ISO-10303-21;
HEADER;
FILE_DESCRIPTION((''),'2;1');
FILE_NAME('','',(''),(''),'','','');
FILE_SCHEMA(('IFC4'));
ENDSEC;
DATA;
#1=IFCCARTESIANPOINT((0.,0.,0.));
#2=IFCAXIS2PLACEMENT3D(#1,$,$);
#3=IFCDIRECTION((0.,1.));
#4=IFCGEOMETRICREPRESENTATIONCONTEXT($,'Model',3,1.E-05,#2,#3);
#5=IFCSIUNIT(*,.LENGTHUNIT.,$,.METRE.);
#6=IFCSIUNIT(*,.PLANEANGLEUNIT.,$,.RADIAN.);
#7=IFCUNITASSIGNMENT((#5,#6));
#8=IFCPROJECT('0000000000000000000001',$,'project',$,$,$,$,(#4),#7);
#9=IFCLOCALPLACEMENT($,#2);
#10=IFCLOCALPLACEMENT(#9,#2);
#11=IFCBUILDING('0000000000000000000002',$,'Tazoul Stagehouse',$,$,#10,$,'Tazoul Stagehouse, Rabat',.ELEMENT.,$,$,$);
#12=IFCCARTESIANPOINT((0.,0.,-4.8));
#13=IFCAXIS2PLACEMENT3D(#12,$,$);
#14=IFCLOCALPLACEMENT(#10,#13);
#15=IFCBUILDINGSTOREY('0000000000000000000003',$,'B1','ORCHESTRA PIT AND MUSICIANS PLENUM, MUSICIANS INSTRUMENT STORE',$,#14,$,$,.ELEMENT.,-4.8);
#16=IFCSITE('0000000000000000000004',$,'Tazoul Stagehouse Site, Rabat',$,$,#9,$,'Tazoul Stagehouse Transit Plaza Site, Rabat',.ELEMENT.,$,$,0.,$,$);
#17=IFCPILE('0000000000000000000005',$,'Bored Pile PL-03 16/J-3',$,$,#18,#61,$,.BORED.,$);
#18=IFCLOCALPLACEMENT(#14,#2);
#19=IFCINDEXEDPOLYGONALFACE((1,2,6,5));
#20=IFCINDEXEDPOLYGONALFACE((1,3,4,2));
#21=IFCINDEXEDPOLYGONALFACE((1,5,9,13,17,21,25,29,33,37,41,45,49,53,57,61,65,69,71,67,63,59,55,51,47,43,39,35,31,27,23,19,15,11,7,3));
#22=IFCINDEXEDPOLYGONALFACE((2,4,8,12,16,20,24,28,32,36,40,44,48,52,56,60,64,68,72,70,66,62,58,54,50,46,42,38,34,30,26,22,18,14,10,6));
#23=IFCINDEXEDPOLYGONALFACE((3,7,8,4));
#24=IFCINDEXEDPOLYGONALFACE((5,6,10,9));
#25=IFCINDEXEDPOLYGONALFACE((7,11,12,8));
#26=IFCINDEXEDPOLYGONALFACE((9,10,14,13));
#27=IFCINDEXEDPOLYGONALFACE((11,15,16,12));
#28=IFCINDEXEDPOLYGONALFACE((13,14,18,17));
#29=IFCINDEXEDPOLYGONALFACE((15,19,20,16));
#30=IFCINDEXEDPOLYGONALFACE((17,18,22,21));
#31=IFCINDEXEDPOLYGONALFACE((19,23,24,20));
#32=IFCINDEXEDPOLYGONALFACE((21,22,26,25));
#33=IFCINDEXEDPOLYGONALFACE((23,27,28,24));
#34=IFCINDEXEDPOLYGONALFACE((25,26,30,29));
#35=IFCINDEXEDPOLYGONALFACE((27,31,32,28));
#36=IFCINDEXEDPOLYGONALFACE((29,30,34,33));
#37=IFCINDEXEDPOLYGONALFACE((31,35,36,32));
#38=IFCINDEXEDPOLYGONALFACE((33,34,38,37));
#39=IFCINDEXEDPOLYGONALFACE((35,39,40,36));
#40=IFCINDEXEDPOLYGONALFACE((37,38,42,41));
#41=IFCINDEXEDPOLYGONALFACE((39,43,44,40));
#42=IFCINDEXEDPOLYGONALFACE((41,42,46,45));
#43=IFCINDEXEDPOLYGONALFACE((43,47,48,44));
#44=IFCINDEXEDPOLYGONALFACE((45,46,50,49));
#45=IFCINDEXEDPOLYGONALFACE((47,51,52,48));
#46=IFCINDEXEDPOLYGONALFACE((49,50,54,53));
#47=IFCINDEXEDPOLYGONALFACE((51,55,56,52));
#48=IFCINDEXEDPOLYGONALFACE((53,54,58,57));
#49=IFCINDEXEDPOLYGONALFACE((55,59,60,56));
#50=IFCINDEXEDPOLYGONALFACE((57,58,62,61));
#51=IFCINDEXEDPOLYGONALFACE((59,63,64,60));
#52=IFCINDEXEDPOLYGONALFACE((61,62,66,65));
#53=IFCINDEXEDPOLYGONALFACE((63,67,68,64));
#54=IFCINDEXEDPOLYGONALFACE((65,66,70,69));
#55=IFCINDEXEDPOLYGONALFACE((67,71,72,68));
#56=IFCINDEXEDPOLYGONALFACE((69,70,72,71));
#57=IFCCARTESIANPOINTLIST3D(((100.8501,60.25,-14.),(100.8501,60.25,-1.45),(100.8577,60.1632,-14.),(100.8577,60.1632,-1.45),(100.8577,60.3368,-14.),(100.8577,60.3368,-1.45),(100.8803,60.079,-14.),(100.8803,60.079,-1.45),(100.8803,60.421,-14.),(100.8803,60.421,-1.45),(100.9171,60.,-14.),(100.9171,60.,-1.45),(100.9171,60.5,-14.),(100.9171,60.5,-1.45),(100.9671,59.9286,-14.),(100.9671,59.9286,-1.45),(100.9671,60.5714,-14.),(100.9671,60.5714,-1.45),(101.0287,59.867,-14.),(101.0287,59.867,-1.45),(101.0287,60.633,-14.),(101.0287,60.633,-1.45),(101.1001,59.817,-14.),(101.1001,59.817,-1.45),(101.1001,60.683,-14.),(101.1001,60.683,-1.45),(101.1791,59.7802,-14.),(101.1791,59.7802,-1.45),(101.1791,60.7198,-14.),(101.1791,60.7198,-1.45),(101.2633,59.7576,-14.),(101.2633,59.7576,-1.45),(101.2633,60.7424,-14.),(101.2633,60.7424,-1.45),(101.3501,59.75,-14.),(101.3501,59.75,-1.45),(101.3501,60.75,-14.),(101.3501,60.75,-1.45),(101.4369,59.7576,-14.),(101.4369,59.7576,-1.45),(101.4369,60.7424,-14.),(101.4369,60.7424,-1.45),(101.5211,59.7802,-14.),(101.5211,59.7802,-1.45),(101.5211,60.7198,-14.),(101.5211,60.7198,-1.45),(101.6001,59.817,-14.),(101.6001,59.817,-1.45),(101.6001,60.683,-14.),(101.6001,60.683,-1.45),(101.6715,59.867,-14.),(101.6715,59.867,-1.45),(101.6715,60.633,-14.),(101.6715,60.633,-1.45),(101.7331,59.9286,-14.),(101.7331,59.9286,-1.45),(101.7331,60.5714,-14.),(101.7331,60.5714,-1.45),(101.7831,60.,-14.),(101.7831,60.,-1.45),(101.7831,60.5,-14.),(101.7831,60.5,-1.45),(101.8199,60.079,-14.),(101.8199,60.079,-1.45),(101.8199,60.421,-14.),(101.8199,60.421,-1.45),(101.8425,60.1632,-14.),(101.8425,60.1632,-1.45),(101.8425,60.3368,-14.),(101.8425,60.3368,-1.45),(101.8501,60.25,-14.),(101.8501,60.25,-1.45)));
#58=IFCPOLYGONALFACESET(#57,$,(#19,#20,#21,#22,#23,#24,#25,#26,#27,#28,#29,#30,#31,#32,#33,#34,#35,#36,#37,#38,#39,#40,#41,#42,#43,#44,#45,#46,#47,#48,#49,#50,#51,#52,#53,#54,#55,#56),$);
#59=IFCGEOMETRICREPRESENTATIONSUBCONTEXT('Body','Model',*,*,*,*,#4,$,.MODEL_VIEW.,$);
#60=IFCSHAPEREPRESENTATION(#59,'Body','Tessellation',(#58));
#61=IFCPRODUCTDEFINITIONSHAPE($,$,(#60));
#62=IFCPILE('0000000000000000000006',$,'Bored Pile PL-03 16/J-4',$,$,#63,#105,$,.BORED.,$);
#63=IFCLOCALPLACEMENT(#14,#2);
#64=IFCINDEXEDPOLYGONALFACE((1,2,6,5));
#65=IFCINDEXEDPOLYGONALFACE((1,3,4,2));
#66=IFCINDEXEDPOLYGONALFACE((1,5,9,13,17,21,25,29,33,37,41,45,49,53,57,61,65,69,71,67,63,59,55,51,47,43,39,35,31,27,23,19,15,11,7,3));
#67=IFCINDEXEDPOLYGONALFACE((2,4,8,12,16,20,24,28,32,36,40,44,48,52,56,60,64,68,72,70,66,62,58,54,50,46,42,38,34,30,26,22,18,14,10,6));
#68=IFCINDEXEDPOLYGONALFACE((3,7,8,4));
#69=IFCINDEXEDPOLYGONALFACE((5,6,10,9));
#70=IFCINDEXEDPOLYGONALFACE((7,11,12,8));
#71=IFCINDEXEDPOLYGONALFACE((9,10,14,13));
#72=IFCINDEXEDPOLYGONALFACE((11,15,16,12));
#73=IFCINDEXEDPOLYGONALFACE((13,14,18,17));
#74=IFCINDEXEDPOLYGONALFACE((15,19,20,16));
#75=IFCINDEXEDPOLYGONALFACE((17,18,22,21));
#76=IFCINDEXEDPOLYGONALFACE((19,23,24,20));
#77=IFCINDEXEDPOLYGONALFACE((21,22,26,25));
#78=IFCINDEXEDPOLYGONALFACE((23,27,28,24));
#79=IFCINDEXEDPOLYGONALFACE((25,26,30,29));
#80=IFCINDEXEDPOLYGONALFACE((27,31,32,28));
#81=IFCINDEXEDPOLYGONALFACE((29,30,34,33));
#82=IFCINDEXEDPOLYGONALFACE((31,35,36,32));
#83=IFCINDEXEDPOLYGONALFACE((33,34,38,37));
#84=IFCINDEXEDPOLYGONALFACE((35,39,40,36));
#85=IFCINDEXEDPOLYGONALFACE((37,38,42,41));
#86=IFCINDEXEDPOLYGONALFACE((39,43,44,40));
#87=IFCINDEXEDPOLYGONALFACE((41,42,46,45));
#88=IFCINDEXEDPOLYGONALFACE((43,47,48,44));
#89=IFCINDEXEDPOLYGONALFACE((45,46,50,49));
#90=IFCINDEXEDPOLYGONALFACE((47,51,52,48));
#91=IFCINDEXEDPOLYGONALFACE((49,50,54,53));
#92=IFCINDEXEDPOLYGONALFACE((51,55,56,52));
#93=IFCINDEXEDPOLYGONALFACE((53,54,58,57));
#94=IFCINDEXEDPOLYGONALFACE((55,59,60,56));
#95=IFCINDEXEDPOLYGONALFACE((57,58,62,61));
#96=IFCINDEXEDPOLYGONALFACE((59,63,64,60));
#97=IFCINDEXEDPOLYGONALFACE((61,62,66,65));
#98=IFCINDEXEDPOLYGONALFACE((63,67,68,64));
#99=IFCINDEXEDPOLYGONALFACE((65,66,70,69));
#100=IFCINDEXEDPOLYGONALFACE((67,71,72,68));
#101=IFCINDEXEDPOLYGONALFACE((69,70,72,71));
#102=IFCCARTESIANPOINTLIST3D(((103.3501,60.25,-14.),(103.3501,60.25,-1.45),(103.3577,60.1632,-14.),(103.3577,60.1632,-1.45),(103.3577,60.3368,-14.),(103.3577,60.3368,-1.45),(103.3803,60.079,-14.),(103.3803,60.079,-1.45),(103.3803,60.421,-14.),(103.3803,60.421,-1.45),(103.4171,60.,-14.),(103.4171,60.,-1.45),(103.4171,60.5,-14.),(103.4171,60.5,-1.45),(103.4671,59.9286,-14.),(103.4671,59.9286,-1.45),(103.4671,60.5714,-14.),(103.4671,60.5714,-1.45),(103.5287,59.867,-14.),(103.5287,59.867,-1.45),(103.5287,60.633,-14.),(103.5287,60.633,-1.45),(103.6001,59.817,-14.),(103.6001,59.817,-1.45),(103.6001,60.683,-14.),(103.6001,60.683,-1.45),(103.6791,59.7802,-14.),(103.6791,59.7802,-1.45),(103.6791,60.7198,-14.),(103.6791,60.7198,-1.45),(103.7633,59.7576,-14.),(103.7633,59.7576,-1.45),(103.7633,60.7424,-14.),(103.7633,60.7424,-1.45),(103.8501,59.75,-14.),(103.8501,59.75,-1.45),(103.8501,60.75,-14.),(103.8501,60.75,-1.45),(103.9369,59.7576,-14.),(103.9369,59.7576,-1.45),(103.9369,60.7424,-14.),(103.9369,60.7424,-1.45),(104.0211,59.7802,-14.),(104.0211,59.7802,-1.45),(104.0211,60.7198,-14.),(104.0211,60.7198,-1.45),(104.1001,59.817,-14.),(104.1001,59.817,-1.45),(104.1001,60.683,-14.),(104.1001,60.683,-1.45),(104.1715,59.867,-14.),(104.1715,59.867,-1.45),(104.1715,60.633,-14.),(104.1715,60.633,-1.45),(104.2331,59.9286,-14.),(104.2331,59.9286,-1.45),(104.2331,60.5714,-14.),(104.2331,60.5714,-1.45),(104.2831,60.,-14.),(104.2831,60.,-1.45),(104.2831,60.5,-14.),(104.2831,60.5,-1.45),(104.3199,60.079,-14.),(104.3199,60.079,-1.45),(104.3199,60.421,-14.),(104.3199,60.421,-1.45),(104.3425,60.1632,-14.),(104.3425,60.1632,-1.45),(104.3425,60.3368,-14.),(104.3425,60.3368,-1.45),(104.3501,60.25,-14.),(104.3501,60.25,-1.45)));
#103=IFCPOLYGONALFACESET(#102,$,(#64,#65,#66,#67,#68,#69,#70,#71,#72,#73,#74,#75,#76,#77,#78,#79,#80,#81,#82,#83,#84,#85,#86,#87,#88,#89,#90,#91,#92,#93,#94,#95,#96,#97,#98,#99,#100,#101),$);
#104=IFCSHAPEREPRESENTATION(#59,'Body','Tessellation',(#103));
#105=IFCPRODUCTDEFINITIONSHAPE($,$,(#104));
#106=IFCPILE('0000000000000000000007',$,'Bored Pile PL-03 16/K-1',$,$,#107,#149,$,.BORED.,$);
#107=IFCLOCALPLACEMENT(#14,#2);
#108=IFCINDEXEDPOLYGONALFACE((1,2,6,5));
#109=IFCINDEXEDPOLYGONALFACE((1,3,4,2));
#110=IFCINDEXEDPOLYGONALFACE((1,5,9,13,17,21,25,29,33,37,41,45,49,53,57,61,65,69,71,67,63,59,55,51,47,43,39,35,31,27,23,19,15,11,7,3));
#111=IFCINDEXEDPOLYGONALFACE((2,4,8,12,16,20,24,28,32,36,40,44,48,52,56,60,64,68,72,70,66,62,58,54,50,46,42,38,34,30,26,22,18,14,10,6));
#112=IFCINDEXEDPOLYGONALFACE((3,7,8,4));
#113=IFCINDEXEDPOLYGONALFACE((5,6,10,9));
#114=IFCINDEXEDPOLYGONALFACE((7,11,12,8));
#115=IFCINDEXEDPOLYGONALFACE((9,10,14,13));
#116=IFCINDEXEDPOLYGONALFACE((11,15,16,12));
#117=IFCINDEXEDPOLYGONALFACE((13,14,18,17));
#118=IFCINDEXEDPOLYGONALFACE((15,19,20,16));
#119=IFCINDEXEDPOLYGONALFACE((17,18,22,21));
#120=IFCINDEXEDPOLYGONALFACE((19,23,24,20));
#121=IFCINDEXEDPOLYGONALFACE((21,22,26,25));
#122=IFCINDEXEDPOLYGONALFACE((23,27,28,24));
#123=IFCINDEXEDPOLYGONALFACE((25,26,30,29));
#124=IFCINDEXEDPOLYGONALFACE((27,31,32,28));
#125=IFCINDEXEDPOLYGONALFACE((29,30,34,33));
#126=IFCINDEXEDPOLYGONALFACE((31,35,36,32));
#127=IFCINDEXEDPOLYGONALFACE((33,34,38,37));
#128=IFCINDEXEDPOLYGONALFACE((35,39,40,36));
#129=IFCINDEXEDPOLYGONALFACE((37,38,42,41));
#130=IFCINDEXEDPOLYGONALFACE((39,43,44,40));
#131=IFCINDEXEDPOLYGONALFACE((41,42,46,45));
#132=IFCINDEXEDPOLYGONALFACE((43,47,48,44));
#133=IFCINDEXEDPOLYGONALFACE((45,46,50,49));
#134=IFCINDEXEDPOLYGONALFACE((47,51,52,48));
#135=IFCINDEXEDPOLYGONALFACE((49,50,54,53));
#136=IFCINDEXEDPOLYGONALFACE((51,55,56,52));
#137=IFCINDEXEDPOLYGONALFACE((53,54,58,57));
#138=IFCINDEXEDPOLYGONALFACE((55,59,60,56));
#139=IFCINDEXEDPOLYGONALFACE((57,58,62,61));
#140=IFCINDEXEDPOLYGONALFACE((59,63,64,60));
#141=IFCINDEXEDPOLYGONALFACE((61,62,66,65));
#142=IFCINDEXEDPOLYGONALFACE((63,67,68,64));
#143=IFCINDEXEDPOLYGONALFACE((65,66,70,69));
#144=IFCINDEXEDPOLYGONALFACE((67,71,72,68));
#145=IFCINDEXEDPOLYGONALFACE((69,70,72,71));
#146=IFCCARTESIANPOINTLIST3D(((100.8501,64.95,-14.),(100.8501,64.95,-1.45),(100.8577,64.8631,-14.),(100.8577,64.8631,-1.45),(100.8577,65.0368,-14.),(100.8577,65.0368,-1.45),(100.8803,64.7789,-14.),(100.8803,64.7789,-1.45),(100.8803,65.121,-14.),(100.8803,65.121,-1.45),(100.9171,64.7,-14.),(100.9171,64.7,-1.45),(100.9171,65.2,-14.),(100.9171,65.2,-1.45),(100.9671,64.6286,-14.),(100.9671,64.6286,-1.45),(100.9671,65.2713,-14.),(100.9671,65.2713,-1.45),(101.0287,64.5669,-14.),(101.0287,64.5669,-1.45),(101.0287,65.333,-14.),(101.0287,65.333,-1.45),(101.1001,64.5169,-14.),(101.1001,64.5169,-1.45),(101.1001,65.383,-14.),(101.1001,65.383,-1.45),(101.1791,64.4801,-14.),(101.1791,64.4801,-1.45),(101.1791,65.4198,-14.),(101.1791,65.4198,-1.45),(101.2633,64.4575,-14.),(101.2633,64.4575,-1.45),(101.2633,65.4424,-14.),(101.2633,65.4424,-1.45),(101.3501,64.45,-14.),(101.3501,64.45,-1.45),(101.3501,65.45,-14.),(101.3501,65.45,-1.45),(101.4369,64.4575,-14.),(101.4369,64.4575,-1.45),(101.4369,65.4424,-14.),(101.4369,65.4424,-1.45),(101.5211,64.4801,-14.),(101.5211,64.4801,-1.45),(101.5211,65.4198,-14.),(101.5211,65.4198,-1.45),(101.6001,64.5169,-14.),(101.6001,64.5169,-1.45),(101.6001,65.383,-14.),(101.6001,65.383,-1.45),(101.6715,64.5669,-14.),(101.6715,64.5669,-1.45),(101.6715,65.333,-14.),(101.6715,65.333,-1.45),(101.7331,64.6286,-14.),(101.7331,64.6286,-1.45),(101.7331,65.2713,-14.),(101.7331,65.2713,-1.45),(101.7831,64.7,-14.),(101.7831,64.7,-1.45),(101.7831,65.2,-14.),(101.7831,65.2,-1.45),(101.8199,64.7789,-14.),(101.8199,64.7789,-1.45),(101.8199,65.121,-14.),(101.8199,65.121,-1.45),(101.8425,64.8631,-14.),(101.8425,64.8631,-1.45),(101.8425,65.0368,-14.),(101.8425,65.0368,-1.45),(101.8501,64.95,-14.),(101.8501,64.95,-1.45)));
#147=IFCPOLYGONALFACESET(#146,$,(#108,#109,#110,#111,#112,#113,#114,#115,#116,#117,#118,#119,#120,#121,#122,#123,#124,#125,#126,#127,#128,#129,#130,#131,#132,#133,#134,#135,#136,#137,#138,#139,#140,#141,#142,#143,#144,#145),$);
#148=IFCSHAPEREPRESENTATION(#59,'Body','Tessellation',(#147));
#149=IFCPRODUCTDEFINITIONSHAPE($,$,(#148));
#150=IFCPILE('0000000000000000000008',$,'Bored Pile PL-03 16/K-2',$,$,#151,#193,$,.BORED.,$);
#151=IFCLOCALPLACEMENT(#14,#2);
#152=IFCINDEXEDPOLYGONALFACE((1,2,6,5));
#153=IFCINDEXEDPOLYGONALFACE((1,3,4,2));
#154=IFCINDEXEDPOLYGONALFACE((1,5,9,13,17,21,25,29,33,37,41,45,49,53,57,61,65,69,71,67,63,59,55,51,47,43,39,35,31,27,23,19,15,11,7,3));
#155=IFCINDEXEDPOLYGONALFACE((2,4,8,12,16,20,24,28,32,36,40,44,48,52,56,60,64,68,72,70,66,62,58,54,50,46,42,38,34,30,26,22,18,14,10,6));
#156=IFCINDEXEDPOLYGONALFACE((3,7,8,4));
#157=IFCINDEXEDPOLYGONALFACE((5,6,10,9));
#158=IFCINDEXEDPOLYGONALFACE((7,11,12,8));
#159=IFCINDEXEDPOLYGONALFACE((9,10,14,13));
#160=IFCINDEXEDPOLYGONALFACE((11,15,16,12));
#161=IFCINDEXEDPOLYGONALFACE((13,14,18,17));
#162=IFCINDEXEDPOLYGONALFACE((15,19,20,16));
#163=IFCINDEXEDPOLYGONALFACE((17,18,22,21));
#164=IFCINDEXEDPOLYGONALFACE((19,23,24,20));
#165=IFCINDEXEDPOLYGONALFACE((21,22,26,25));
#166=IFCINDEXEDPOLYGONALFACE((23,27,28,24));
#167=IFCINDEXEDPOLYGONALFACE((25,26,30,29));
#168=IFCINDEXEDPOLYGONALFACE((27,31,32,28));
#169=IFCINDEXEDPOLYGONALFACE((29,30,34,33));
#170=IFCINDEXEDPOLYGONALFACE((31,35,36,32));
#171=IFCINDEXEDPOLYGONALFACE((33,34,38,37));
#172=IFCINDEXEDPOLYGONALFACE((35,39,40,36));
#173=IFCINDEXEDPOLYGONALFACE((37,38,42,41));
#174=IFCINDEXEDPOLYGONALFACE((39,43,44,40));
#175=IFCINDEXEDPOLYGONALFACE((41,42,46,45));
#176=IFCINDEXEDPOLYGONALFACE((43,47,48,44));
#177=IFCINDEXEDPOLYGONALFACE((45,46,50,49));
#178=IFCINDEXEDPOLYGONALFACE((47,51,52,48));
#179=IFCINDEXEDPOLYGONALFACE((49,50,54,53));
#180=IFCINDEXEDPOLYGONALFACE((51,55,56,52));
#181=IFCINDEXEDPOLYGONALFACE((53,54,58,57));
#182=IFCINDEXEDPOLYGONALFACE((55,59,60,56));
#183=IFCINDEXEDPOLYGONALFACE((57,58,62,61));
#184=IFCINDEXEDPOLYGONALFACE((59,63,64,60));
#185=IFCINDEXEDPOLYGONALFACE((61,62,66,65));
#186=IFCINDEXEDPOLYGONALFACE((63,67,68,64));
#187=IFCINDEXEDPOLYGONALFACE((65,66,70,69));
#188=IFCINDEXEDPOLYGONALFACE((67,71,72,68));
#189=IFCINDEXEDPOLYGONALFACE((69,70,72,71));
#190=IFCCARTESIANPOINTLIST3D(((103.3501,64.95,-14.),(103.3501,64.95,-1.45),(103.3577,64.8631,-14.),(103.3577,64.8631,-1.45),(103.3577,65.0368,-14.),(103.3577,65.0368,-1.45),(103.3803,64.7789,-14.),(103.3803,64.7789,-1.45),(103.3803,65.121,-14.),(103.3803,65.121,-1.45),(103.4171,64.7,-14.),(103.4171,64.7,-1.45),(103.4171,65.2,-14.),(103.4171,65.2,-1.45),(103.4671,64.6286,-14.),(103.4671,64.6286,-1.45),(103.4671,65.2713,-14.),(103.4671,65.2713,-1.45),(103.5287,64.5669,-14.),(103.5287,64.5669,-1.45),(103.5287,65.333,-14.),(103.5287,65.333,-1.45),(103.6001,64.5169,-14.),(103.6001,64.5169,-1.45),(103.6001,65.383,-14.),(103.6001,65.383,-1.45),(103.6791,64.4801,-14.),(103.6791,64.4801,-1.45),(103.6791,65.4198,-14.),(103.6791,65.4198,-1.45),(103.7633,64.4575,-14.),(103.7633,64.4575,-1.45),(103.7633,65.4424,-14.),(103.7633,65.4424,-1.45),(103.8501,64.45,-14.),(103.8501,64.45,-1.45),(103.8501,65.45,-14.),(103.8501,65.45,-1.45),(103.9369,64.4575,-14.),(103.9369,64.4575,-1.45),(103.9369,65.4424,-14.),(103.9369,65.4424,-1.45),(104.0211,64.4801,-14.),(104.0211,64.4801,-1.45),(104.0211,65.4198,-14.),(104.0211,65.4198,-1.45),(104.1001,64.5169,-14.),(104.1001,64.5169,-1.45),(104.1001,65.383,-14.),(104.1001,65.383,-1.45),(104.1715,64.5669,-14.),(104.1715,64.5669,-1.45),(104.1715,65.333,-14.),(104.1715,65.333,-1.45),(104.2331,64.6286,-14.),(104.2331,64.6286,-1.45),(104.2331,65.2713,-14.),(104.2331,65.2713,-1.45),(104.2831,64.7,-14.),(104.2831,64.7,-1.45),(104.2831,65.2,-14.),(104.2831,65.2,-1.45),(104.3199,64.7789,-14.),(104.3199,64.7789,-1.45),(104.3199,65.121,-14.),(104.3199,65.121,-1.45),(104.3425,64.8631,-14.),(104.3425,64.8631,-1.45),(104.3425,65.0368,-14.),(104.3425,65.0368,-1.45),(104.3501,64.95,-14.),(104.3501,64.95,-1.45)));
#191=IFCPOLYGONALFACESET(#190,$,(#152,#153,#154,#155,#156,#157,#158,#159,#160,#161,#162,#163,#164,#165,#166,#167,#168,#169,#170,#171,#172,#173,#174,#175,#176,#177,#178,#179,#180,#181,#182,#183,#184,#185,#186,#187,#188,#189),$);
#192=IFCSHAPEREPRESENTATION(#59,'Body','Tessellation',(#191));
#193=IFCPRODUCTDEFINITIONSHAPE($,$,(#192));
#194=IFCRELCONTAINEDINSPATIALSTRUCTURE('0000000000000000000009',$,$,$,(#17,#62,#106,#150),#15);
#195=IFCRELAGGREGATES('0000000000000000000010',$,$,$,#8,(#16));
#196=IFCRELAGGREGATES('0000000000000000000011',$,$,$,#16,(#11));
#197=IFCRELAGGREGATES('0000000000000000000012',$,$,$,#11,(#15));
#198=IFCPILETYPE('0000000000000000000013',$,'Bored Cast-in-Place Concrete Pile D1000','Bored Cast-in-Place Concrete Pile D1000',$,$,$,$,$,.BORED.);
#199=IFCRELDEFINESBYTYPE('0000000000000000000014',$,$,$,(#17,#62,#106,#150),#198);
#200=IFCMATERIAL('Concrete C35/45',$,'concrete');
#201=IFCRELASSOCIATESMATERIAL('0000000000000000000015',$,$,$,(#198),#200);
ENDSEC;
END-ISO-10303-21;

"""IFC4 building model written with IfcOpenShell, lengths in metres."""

from ifc_helpers import new_model, si_unit, direction, frame, origin, origin_2d, place, context, subcontext, project, spatial, circle, extrude, material, material_profile, profile_set, type_object, element, save


model = new_model("IFC4")

# Units and contexts
model_context = context("Model", 3, precision=1e-05, world=origin(), true_north=direction((0.0, 1.0)))
body_context = subcontext(model_context, "Body", "Model", "MODEL_VIEW")
ifc_project = project(units=[si_unit("LENGTHUNIT", "METRE"), si_unit("PLANEANGLEUNIT", "RADIAN")], contexts=[model_context])

# Site, building, storey
site_placement = place(None, origin())
site = spatial("IfcSite", under=ifc_project, at=site_placement, Name="Tazoul Stagehouse Site, Rabat", LongName="Tazoul Stagehouse Transit Plaza Site, Rabat", CompositionType="ELEMENT", RefElevation=0.0)
building_placement = place(site_placement, origin())
building = spatial("IfcBuilding", under=site, at=building_placement, Name="Tazoul Stagehouse", LongName="Tazoul Stagehouse, Rabat", CompositionType="ELEMENT")
storey_placement = place(building_placement, frame((0.0, 0.0, -4.8)))
storey = spatial("IfcBuildingStorey", under=building, at=storey_placement, Name="B1", Description="ORCHESTRA PIT AND MUSICIANS PLENUM, MUSICIANS INSTRUMENT STORE", CompositionType="ELEMENT", Elevation=-4.8)

# Piles
ifc_material_1 = material(Name="Concrete C35/45", Category="concrete")
ifc_material_profile_1 = material_profile(ifc_material_1, circle(Radius=0.5, at=origin_2d()), Name="BORED PILE 1000")
ifc_profile_set_1 = profile_set([ifc_material_profile_1], Name="Concrete C35/45")
pile_type_1 = type_object("IfcPileType", Name="Bored Cast-in-Place Concrete Pile D1000", Description="Bored Cast-in-Place Concrete Pile D1000", PredefinedType="BORED", material=ifc_profile_set_1)
for number, where, z_axis, x_axis, name in (
    (1, (101.3501, 60.25, -1.45), (0.0, 0.0, -1.0), (1.0, 0.0, 0.0), "Bored Pile PL-03 16/J-3"),
    (2, (103.8501, 60.25, -1.45), (0.0, 0.0, -1.0), (1.0, 0.0, 0.0), "Bored Pile PL-03 16/J-4"),
    (3, (101.3501, 64.95, -1.45), (0.0, 0.0, -1.0), (1.0, 0.0, 0.0), "Bored Pile PL-03 16/K-1"),
    (4, (103.8501, 64.95, -1.45), (0.0, 0.0, -1.0), (1.0, 0.0, 0.0), "Bored Pile PL-03 16/K-2"),
):
    element("IfcPile", number, at=place(storey_placement, frame(where, z_axis=z_axis, x_axis=x_axis)), inside=storey, type_object=pile_type_1, Name=name, PredefinedType="BORED", context=body_context, shape_type="SweptSolid", body=[
        extrude(circle(Radius=0.5, at=origin_2d()), origin(), (0.0, 0.0, 1.0), 12.55),
    ])

save(model, "model.ifc")
